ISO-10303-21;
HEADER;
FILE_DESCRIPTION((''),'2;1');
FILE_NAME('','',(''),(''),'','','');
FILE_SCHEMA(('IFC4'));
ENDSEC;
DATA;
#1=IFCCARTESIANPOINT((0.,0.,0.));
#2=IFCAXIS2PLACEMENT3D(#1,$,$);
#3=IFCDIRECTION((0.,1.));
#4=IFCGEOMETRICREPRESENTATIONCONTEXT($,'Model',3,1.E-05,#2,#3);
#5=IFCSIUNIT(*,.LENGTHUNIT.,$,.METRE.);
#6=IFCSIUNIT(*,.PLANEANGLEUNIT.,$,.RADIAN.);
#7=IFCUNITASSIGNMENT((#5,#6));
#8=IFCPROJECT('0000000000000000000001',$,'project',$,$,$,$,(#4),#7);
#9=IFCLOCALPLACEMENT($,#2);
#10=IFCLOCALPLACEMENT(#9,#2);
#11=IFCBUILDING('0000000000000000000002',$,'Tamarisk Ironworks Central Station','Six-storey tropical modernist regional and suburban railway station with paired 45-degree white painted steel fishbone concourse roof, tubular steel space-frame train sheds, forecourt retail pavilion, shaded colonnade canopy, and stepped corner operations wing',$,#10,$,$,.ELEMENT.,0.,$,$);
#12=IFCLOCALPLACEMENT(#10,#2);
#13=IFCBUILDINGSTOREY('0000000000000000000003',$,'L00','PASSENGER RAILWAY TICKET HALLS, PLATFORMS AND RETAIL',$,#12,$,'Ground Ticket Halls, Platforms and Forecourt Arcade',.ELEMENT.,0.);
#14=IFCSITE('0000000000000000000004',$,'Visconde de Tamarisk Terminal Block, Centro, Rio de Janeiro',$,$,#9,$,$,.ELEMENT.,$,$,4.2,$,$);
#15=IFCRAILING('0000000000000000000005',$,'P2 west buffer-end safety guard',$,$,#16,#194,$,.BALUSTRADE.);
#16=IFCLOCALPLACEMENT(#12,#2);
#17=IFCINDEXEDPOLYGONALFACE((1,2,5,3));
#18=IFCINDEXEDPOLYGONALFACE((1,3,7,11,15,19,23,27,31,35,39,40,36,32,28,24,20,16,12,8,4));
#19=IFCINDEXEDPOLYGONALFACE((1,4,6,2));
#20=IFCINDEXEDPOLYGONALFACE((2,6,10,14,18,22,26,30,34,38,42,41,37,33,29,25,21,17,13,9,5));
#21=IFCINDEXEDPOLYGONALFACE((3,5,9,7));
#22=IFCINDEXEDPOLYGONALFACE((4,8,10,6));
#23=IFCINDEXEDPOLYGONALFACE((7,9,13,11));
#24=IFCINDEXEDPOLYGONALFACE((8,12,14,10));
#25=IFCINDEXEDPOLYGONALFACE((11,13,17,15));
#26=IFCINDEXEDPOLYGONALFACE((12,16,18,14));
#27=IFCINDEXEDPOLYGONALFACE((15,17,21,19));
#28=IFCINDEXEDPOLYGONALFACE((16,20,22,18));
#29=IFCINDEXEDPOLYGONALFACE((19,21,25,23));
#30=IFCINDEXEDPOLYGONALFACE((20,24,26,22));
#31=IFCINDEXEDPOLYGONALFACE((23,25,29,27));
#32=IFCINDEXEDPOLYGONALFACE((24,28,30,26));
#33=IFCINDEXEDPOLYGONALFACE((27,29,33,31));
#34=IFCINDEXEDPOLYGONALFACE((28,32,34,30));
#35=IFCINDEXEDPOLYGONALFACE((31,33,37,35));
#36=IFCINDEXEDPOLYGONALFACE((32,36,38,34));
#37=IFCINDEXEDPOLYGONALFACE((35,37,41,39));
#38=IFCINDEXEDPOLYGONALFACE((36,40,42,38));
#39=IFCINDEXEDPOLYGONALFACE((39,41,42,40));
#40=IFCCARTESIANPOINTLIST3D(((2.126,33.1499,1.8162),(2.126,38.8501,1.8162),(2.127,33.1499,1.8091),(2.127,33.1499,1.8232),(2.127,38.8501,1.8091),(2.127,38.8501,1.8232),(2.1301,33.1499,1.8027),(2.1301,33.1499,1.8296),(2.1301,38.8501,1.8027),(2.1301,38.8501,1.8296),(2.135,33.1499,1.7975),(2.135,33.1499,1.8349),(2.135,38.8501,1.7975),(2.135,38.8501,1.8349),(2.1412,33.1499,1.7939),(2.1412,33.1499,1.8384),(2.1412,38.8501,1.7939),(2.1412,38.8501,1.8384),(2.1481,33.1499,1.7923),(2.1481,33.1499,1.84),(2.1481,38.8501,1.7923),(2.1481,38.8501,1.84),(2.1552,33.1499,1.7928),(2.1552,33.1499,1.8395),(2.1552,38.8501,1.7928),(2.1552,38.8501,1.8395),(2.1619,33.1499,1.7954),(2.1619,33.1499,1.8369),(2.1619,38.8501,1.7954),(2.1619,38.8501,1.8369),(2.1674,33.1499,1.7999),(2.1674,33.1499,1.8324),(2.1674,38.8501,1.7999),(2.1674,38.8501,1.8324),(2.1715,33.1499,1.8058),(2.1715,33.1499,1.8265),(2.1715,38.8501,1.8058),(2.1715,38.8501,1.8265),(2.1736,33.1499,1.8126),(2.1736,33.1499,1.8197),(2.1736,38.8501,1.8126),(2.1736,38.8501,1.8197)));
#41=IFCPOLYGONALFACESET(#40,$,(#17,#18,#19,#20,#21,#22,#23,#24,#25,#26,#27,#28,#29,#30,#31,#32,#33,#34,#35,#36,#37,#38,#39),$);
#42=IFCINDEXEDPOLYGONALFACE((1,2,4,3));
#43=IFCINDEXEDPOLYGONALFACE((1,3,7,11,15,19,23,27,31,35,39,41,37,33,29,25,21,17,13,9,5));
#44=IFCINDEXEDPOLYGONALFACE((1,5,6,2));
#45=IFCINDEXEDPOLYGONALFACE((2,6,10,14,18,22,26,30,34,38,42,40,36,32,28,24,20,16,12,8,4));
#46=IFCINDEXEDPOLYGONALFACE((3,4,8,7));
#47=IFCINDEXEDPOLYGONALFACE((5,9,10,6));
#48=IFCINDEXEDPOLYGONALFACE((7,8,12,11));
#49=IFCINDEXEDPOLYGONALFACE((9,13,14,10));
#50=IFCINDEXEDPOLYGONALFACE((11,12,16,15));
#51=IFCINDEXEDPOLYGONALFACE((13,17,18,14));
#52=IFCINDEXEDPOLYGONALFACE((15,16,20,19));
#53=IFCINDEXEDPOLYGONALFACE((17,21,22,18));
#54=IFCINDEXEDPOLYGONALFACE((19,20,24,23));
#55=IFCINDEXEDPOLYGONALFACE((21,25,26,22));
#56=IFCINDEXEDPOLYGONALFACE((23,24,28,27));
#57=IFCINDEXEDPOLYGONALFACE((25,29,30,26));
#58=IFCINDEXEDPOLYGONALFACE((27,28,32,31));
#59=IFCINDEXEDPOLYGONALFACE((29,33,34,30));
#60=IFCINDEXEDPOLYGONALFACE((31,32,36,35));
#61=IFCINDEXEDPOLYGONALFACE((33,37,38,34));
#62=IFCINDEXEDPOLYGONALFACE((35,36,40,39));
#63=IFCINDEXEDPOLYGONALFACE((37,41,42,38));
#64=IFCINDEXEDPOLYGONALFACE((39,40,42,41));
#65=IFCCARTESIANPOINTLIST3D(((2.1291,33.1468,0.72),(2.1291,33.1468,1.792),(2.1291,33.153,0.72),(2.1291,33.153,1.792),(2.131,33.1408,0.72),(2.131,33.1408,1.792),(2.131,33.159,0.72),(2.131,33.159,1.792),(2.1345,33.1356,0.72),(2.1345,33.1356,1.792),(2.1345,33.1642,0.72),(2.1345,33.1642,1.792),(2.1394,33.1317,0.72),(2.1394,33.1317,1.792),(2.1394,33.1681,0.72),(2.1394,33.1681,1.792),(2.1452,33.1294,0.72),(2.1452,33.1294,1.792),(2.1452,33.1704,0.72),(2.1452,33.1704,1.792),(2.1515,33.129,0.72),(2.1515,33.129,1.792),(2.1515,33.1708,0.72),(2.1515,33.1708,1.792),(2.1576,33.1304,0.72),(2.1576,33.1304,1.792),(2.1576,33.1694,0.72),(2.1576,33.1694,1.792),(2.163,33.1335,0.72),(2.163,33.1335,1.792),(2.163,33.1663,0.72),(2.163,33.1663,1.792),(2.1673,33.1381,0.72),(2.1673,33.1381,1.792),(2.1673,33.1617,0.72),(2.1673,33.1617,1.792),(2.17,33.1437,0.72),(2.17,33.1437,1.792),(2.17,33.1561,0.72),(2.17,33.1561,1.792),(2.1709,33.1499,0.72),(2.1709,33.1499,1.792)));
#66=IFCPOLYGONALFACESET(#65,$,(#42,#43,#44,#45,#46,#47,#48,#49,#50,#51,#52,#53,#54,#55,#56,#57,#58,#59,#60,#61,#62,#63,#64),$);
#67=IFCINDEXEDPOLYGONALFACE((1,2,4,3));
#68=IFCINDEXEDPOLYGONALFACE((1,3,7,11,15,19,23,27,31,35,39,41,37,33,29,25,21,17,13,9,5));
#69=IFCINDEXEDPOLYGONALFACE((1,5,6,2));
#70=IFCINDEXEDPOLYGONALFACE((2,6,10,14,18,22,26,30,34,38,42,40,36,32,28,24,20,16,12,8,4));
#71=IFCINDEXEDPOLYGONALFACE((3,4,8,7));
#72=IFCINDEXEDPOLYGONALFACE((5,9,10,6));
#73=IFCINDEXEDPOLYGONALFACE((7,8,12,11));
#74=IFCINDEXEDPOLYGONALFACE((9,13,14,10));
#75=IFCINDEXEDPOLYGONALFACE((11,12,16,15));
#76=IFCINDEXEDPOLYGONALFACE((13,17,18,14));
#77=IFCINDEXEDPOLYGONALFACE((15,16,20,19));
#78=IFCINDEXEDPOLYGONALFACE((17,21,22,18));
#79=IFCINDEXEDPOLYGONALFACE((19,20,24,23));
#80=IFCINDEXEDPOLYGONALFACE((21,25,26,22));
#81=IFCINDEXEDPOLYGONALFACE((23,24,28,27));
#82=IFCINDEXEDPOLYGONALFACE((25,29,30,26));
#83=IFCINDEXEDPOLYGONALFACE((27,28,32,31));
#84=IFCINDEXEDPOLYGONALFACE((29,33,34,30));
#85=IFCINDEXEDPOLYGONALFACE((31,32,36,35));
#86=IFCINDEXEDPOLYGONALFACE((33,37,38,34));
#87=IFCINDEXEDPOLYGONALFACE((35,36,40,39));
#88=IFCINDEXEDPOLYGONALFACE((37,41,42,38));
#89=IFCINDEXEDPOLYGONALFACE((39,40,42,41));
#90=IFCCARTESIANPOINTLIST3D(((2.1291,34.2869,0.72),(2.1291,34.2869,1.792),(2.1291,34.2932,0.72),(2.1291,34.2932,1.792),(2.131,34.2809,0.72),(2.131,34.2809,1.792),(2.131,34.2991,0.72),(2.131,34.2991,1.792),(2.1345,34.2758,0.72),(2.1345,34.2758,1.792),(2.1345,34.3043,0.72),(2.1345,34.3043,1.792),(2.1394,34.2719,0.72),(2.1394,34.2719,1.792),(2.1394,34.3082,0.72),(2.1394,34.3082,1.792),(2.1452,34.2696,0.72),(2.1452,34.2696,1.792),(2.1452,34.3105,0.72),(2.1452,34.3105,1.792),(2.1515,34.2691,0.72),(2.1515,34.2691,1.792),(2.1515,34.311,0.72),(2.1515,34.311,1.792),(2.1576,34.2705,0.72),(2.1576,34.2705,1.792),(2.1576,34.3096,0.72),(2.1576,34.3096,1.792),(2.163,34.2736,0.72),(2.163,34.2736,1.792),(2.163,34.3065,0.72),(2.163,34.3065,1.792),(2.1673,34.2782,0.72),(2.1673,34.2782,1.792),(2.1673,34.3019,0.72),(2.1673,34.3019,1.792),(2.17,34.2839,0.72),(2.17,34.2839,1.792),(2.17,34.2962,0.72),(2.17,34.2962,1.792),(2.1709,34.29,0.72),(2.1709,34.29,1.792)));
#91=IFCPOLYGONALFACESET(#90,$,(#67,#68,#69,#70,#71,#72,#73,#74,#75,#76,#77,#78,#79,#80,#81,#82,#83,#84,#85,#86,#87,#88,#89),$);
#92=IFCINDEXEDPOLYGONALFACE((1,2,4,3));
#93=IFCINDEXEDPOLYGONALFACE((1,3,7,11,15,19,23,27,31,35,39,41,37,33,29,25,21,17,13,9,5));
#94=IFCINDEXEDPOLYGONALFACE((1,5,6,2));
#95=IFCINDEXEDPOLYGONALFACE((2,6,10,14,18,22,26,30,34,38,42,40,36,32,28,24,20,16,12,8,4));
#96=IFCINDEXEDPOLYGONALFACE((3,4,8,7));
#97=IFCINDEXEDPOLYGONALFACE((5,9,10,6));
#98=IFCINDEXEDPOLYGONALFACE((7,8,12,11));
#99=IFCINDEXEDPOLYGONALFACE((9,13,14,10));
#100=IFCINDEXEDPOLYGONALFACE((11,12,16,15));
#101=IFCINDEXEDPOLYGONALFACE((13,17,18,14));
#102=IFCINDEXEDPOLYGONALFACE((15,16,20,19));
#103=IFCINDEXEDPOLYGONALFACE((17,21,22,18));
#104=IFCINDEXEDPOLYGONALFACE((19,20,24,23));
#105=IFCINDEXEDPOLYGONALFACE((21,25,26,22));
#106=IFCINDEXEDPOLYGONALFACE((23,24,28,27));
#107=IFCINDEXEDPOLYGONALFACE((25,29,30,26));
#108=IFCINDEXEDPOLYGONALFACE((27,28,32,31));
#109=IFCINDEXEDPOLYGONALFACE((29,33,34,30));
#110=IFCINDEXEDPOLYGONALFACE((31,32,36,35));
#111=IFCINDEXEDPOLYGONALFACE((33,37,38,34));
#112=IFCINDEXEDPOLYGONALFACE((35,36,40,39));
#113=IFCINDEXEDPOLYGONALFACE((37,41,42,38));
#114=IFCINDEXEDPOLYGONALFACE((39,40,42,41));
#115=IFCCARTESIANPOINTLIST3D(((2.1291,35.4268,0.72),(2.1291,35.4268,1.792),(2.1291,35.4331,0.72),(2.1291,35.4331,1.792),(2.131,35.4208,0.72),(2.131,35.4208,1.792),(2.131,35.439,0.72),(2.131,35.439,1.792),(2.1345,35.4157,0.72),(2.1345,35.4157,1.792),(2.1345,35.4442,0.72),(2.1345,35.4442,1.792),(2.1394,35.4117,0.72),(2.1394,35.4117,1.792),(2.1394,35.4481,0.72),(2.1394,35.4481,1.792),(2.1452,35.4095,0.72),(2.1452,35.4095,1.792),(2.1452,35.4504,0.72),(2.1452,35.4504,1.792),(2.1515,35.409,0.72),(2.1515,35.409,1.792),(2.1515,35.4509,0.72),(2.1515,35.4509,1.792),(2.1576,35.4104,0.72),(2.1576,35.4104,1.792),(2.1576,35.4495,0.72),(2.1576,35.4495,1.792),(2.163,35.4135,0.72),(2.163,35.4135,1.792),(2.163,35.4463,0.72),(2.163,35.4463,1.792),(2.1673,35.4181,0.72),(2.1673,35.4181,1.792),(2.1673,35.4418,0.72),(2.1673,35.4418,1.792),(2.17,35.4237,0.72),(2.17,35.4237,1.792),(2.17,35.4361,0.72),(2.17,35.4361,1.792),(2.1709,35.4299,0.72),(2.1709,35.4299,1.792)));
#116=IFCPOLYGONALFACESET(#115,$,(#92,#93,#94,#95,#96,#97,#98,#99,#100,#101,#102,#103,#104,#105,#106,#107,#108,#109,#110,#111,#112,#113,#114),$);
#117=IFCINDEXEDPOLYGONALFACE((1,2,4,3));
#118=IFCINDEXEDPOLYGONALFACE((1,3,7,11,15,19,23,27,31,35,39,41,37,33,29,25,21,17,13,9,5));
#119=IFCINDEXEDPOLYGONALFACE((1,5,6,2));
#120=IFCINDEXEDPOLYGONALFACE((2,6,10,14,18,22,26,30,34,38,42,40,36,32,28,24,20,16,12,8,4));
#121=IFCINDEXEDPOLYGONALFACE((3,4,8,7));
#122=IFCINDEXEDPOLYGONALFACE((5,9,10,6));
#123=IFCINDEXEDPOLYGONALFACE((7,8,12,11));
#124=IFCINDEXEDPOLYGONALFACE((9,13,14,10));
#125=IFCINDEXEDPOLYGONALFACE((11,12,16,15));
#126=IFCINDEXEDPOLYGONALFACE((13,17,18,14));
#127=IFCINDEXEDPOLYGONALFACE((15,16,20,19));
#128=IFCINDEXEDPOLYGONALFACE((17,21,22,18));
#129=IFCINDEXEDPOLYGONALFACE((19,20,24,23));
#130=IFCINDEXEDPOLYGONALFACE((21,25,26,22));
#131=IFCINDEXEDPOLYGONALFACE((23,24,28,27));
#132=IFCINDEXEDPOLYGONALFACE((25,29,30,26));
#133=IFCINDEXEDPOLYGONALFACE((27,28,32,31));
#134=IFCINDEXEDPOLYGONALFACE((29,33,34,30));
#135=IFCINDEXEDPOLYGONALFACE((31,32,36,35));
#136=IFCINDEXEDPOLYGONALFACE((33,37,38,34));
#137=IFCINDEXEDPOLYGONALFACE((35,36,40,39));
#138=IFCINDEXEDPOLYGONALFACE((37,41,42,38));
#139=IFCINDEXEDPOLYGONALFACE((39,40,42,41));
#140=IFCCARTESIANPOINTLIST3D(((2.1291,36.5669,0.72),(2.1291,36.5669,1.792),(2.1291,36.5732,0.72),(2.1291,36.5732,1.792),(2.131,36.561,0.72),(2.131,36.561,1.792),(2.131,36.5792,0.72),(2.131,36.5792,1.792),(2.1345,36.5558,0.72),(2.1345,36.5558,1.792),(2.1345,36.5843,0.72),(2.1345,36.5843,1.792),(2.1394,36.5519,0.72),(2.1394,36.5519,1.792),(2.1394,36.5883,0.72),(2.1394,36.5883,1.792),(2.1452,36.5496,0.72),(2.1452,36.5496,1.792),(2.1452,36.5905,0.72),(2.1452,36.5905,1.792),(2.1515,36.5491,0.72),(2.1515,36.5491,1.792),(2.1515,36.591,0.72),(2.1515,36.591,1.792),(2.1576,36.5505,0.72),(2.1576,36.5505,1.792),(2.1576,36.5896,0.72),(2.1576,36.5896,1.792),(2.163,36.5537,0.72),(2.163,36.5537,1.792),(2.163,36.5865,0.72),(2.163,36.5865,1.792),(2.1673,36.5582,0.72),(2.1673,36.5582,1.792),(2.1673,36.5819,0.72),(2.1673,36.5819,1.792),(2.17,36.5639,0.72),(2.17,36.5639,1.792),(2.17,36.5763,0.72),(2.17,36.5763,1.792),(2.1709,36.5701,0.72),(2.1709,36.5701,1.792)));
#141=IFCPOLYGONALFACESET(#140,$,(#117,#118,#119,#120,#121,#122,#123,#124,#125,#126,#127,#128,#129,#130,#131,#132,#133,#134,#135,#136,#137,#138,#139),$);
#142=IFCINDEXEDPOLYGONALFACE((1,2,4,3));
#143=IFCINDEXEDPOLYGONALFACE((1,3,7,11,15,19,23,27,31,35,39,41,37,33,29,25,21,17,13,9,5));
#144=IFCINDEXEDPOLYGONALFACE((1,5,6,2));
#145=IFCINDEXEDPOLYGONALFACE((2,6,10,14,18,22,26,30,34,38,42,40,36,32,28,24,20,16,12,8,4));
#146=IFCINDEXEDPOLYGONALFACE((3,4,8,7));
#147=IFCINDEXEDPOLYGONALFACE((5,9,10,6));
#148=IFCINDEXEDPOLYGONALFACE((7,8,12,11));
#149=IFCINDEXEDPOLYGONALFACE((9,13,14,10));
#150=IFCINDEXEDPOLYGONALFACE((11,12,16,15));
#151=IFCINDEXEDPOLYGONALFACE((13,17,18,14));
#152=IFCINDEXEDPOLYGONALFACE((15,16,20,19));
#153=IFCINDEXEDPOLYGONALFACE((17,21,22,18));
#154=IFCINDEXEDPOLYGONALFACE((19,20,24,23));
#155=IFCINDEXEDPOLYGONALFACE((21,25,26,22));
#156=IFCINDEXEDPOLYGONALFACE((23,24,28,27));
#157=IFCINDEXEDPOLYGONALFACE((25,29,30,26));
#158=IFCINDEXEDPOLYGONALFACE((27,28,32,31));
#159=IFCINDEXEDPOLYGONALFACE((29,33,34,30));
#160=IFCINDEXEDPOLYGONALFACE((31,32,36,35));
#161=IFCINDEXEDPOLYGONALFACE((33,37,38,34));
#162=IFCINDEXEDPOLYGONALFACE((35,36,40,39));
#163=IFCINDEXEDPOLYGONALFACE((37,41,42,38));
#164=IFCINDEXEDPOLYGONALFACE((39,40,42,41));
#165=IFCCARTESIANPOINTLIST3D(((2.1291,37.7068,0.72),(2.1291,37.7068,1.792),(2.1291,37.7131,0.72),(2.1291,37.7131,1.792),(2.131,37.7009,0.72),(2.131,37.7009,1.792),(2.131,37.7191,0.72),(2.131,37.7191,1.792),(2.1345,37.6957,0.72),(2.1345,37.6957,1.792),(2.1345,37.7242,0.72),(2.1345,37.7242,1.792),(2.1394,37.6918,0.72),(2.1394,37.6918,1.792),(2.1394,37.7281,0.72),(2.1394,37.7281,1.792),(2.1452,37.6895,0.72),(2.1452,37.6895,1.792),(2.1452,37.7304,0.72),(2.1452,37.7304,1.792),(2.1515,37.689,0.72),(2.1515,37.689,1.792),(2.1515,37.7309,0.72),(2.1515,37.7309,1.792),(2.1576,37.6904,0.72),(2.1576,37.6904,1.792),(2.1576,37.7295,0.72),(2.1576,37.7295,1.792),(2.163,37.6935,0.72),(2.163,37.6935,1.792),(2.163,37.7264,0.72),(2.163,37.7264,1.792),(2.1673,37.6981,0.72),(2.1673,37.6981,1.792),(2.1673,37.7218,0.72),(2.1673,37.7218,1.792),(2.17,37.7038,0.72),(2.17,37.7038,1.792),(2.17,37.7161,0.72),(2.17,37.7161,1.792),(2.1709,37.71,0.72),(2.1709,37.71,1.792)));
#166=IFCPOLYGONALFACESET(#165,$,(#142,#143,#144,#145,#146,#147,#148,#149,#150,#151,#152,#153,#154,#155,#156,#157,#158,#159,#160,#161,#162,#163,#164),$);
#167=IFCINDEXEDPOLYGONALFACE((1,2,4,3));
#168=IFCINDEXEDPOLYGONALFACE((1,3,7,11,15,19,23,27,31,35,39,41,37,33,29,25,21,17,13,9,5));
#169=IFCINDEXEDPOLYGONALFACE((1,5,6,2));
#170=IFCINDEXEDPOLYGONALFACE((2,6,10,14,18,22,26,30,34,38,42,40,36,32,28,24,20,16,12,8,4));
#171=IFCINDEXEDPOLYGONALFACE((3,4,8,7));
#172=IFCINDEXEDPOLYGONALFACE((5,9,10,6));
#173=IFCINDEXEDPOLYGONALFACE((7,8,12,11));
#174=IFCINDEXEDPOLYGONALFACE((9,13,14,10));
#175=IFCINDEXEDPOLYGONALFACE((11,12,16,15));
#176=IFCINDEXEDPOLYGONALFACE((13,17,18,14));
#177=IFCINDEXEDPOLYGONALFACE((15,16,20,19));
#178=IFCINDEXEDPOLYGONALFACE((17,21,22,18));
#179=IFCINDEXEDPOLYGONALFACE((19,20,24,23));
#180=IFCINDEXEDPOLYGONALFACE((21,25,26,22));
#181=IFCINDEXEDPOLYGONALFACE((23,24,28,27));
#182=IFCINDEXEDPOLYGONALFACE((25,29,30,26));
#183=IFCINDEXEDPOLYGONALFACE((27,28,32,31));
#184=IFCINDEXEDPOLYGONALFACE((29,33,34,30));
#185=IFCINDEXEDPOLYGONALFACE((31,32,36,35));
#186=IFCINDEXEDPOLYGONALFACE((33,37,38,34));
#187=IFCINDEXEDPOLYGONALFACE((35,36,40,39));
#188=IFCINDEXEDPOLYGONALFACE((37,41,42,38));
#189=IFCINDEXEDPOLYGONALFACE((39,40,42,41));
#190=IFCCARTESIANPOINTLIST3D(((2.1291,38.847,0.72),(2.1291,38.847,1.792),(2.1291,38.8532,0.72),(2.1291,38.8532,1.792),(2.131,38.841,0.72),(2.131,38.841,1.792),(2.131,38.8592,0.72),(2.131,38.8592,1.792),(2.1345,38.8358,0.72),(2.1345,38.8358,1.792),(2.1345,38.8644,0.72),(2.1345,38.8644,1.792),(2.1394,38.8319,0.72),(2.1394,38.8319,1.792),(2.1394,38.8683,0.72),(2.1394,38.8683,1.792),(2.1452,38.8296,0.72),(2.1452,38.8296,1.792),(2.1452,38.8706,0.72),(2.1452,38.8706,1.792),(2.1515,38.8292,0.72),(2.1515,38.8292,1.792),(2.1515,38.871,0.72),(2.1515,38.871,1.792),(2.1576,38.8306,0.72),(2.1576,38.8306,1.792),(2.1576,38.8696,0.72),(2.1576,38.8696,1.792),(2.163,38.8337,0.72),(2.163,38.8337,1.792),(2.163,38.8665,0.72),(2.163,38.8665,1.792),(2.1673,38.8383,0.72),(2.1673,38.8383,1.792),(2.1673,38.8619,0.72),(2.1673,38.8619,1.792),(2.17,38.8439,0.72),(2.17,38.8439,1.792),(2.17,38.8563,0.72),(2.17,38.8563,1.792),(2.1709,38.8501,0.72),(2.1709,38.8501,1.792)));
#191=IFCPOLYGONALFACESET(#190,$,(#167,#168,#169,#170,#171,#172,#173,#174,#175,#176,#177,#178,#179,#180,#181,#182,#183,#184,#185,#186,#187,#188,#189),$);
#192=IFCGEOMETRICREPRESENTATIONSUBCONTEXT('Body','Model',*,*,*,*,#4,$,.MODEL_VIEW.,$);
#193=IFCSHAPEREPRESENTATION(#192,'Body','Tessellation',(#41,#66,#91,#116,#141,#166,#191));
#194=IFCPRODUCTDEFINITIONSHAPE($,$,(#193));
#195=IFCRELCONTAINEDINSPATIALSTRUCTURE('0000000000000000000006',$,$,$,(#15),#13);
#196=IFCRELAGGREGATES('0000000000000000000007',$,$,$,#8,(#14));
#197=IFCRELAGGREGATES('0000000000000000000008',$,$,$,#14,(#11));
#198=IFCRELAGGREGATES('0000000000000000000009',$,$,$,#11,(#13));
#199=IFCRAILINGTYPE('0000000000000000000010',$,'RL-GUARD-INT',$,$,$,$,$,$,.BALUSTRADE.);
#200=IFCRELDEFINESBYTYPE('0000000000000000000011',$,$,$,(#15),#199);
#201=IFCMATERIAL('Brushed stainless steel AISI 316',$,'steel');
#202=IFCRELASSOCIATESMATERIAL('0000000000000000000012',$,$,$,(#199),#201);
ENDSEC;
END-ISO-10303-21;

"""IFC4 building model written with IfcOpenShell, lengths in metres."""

from ifc_helpers import new_model, si_unit, direction, frame, origin, origin_2d, place, context, subcontext, project, spatial, circle, extrude, material, type_object, element, save


model = new_model("IFC4")

# Units and contexts
model_context = context("Model", 3, precision=1e-05, world=origin(), true_north=direction((0.0, 1.0)))
body_context = subcontext(model_context, "Body", "Model", "MODEL_VIEW")
ifc_project = project(units=[si_unit("LENGTHUNIT", "METRE"), si_unit("PLANEANGLEUNIT", "RADIAN")], contexts=[model_context])

# Site, building, storey
site_placement = place(None, origin())
site = spatial("IfcSite", under=ifc_project, at=site_placement, Name="Visconde de Tamarisk Terminal Block, Centro, Rio de Janeiro", CompositionType="ELEMENT", RefElevation=4.2)
building_placement = place(site_placement, origin())
building = spatial("IfcBuilding", under=site, at=building_placement, Name="Tamarisk Ironworks Central Station", Description="Six-storey tropical modernist regional and suburban railway station with paired 45-degree white painted steel fishbone concourse roof, tubular steel space-frame train sheds, forecourt retail pavilion, shaded colonnade canopy, and stepped corner operations wing", CompositionType="ELEMENT", ElevationOfRefHeight=0.0)
storey_placement = place(building_placement, origin())
storey = spatial("IfcBuildingStorey", under=building, at=storey_placement, Name="L00", Description="PASSENGER RAILWAY TICKET HALLS, PLATFORMS AND RETAIL", LongName="Ground Ticket Halls, Platforms and Forecourt Arcade", CompositionType="ELEMENT", Elevation=0.0)

# Railing
ifc_material_1 = material(Name="Brushed stainless steel AISI 316", Category="steel")
railing_type_1 = type_object("IfcRailingType", Name="RL-GUARD-INT", PredefinedType="BALUSTRADE", material=ifc_material_1)
railing_1_placement = place(storey_placement, frame((2.1499, 33.1499, 0.72)))
element("IfcRailing", 1, at=railing_1_placement, inside=storey, type_object=railing_type_1, Name="P2 west buffer-end safety guard", PredefinedType="BALUSTRADE", context=body_context, shape_type="SweptSolid", body=[
    extrude(circle(Radius=0.0239, at=origin_2d()), frame((0.0, 0.0, 1.0962), z_axis=(0.0, 1.0, 0.0), x_axis=(-1.0, 0.0, 0.0)), (0.0, 0.0, 1.0), 5.7002),
    extrude(circle(Radius=0.021, at=origin_2d()), origin(), (0.0, 0.0, 1.0), 1.072),
    extrude(circle(Radius=0.021, at=origin_2d()), frame((0.0, 1.1401, 0.0)), (0.0, 0.0, 1.0), 1.072),
    extrude(circle(Radius=0.021, at=origin_2d()), frame((0.0, 2.28, 0.0)), (0.0, 0.0, 1.0), 1.072),
    extrude(circle(Radius=0.021, at=origin_2d()), frame((0.0, 3.4202, 0.0)), (0.0, 0.0, 1.0), 1.072),
    extrude(circle(Radius=0.021, at=origin_2d()), frame((0.0, 4.5601, 0.0)), (0.0, 0.0, 1.0), 1.072),
    extrude(circle(Radius=0.021, at=origin_2d()), frame((0.0, 5.7002, 0.0)), (0.0, 0.0, 1.0), 1.072),
])

save(model, "model.ifc")
